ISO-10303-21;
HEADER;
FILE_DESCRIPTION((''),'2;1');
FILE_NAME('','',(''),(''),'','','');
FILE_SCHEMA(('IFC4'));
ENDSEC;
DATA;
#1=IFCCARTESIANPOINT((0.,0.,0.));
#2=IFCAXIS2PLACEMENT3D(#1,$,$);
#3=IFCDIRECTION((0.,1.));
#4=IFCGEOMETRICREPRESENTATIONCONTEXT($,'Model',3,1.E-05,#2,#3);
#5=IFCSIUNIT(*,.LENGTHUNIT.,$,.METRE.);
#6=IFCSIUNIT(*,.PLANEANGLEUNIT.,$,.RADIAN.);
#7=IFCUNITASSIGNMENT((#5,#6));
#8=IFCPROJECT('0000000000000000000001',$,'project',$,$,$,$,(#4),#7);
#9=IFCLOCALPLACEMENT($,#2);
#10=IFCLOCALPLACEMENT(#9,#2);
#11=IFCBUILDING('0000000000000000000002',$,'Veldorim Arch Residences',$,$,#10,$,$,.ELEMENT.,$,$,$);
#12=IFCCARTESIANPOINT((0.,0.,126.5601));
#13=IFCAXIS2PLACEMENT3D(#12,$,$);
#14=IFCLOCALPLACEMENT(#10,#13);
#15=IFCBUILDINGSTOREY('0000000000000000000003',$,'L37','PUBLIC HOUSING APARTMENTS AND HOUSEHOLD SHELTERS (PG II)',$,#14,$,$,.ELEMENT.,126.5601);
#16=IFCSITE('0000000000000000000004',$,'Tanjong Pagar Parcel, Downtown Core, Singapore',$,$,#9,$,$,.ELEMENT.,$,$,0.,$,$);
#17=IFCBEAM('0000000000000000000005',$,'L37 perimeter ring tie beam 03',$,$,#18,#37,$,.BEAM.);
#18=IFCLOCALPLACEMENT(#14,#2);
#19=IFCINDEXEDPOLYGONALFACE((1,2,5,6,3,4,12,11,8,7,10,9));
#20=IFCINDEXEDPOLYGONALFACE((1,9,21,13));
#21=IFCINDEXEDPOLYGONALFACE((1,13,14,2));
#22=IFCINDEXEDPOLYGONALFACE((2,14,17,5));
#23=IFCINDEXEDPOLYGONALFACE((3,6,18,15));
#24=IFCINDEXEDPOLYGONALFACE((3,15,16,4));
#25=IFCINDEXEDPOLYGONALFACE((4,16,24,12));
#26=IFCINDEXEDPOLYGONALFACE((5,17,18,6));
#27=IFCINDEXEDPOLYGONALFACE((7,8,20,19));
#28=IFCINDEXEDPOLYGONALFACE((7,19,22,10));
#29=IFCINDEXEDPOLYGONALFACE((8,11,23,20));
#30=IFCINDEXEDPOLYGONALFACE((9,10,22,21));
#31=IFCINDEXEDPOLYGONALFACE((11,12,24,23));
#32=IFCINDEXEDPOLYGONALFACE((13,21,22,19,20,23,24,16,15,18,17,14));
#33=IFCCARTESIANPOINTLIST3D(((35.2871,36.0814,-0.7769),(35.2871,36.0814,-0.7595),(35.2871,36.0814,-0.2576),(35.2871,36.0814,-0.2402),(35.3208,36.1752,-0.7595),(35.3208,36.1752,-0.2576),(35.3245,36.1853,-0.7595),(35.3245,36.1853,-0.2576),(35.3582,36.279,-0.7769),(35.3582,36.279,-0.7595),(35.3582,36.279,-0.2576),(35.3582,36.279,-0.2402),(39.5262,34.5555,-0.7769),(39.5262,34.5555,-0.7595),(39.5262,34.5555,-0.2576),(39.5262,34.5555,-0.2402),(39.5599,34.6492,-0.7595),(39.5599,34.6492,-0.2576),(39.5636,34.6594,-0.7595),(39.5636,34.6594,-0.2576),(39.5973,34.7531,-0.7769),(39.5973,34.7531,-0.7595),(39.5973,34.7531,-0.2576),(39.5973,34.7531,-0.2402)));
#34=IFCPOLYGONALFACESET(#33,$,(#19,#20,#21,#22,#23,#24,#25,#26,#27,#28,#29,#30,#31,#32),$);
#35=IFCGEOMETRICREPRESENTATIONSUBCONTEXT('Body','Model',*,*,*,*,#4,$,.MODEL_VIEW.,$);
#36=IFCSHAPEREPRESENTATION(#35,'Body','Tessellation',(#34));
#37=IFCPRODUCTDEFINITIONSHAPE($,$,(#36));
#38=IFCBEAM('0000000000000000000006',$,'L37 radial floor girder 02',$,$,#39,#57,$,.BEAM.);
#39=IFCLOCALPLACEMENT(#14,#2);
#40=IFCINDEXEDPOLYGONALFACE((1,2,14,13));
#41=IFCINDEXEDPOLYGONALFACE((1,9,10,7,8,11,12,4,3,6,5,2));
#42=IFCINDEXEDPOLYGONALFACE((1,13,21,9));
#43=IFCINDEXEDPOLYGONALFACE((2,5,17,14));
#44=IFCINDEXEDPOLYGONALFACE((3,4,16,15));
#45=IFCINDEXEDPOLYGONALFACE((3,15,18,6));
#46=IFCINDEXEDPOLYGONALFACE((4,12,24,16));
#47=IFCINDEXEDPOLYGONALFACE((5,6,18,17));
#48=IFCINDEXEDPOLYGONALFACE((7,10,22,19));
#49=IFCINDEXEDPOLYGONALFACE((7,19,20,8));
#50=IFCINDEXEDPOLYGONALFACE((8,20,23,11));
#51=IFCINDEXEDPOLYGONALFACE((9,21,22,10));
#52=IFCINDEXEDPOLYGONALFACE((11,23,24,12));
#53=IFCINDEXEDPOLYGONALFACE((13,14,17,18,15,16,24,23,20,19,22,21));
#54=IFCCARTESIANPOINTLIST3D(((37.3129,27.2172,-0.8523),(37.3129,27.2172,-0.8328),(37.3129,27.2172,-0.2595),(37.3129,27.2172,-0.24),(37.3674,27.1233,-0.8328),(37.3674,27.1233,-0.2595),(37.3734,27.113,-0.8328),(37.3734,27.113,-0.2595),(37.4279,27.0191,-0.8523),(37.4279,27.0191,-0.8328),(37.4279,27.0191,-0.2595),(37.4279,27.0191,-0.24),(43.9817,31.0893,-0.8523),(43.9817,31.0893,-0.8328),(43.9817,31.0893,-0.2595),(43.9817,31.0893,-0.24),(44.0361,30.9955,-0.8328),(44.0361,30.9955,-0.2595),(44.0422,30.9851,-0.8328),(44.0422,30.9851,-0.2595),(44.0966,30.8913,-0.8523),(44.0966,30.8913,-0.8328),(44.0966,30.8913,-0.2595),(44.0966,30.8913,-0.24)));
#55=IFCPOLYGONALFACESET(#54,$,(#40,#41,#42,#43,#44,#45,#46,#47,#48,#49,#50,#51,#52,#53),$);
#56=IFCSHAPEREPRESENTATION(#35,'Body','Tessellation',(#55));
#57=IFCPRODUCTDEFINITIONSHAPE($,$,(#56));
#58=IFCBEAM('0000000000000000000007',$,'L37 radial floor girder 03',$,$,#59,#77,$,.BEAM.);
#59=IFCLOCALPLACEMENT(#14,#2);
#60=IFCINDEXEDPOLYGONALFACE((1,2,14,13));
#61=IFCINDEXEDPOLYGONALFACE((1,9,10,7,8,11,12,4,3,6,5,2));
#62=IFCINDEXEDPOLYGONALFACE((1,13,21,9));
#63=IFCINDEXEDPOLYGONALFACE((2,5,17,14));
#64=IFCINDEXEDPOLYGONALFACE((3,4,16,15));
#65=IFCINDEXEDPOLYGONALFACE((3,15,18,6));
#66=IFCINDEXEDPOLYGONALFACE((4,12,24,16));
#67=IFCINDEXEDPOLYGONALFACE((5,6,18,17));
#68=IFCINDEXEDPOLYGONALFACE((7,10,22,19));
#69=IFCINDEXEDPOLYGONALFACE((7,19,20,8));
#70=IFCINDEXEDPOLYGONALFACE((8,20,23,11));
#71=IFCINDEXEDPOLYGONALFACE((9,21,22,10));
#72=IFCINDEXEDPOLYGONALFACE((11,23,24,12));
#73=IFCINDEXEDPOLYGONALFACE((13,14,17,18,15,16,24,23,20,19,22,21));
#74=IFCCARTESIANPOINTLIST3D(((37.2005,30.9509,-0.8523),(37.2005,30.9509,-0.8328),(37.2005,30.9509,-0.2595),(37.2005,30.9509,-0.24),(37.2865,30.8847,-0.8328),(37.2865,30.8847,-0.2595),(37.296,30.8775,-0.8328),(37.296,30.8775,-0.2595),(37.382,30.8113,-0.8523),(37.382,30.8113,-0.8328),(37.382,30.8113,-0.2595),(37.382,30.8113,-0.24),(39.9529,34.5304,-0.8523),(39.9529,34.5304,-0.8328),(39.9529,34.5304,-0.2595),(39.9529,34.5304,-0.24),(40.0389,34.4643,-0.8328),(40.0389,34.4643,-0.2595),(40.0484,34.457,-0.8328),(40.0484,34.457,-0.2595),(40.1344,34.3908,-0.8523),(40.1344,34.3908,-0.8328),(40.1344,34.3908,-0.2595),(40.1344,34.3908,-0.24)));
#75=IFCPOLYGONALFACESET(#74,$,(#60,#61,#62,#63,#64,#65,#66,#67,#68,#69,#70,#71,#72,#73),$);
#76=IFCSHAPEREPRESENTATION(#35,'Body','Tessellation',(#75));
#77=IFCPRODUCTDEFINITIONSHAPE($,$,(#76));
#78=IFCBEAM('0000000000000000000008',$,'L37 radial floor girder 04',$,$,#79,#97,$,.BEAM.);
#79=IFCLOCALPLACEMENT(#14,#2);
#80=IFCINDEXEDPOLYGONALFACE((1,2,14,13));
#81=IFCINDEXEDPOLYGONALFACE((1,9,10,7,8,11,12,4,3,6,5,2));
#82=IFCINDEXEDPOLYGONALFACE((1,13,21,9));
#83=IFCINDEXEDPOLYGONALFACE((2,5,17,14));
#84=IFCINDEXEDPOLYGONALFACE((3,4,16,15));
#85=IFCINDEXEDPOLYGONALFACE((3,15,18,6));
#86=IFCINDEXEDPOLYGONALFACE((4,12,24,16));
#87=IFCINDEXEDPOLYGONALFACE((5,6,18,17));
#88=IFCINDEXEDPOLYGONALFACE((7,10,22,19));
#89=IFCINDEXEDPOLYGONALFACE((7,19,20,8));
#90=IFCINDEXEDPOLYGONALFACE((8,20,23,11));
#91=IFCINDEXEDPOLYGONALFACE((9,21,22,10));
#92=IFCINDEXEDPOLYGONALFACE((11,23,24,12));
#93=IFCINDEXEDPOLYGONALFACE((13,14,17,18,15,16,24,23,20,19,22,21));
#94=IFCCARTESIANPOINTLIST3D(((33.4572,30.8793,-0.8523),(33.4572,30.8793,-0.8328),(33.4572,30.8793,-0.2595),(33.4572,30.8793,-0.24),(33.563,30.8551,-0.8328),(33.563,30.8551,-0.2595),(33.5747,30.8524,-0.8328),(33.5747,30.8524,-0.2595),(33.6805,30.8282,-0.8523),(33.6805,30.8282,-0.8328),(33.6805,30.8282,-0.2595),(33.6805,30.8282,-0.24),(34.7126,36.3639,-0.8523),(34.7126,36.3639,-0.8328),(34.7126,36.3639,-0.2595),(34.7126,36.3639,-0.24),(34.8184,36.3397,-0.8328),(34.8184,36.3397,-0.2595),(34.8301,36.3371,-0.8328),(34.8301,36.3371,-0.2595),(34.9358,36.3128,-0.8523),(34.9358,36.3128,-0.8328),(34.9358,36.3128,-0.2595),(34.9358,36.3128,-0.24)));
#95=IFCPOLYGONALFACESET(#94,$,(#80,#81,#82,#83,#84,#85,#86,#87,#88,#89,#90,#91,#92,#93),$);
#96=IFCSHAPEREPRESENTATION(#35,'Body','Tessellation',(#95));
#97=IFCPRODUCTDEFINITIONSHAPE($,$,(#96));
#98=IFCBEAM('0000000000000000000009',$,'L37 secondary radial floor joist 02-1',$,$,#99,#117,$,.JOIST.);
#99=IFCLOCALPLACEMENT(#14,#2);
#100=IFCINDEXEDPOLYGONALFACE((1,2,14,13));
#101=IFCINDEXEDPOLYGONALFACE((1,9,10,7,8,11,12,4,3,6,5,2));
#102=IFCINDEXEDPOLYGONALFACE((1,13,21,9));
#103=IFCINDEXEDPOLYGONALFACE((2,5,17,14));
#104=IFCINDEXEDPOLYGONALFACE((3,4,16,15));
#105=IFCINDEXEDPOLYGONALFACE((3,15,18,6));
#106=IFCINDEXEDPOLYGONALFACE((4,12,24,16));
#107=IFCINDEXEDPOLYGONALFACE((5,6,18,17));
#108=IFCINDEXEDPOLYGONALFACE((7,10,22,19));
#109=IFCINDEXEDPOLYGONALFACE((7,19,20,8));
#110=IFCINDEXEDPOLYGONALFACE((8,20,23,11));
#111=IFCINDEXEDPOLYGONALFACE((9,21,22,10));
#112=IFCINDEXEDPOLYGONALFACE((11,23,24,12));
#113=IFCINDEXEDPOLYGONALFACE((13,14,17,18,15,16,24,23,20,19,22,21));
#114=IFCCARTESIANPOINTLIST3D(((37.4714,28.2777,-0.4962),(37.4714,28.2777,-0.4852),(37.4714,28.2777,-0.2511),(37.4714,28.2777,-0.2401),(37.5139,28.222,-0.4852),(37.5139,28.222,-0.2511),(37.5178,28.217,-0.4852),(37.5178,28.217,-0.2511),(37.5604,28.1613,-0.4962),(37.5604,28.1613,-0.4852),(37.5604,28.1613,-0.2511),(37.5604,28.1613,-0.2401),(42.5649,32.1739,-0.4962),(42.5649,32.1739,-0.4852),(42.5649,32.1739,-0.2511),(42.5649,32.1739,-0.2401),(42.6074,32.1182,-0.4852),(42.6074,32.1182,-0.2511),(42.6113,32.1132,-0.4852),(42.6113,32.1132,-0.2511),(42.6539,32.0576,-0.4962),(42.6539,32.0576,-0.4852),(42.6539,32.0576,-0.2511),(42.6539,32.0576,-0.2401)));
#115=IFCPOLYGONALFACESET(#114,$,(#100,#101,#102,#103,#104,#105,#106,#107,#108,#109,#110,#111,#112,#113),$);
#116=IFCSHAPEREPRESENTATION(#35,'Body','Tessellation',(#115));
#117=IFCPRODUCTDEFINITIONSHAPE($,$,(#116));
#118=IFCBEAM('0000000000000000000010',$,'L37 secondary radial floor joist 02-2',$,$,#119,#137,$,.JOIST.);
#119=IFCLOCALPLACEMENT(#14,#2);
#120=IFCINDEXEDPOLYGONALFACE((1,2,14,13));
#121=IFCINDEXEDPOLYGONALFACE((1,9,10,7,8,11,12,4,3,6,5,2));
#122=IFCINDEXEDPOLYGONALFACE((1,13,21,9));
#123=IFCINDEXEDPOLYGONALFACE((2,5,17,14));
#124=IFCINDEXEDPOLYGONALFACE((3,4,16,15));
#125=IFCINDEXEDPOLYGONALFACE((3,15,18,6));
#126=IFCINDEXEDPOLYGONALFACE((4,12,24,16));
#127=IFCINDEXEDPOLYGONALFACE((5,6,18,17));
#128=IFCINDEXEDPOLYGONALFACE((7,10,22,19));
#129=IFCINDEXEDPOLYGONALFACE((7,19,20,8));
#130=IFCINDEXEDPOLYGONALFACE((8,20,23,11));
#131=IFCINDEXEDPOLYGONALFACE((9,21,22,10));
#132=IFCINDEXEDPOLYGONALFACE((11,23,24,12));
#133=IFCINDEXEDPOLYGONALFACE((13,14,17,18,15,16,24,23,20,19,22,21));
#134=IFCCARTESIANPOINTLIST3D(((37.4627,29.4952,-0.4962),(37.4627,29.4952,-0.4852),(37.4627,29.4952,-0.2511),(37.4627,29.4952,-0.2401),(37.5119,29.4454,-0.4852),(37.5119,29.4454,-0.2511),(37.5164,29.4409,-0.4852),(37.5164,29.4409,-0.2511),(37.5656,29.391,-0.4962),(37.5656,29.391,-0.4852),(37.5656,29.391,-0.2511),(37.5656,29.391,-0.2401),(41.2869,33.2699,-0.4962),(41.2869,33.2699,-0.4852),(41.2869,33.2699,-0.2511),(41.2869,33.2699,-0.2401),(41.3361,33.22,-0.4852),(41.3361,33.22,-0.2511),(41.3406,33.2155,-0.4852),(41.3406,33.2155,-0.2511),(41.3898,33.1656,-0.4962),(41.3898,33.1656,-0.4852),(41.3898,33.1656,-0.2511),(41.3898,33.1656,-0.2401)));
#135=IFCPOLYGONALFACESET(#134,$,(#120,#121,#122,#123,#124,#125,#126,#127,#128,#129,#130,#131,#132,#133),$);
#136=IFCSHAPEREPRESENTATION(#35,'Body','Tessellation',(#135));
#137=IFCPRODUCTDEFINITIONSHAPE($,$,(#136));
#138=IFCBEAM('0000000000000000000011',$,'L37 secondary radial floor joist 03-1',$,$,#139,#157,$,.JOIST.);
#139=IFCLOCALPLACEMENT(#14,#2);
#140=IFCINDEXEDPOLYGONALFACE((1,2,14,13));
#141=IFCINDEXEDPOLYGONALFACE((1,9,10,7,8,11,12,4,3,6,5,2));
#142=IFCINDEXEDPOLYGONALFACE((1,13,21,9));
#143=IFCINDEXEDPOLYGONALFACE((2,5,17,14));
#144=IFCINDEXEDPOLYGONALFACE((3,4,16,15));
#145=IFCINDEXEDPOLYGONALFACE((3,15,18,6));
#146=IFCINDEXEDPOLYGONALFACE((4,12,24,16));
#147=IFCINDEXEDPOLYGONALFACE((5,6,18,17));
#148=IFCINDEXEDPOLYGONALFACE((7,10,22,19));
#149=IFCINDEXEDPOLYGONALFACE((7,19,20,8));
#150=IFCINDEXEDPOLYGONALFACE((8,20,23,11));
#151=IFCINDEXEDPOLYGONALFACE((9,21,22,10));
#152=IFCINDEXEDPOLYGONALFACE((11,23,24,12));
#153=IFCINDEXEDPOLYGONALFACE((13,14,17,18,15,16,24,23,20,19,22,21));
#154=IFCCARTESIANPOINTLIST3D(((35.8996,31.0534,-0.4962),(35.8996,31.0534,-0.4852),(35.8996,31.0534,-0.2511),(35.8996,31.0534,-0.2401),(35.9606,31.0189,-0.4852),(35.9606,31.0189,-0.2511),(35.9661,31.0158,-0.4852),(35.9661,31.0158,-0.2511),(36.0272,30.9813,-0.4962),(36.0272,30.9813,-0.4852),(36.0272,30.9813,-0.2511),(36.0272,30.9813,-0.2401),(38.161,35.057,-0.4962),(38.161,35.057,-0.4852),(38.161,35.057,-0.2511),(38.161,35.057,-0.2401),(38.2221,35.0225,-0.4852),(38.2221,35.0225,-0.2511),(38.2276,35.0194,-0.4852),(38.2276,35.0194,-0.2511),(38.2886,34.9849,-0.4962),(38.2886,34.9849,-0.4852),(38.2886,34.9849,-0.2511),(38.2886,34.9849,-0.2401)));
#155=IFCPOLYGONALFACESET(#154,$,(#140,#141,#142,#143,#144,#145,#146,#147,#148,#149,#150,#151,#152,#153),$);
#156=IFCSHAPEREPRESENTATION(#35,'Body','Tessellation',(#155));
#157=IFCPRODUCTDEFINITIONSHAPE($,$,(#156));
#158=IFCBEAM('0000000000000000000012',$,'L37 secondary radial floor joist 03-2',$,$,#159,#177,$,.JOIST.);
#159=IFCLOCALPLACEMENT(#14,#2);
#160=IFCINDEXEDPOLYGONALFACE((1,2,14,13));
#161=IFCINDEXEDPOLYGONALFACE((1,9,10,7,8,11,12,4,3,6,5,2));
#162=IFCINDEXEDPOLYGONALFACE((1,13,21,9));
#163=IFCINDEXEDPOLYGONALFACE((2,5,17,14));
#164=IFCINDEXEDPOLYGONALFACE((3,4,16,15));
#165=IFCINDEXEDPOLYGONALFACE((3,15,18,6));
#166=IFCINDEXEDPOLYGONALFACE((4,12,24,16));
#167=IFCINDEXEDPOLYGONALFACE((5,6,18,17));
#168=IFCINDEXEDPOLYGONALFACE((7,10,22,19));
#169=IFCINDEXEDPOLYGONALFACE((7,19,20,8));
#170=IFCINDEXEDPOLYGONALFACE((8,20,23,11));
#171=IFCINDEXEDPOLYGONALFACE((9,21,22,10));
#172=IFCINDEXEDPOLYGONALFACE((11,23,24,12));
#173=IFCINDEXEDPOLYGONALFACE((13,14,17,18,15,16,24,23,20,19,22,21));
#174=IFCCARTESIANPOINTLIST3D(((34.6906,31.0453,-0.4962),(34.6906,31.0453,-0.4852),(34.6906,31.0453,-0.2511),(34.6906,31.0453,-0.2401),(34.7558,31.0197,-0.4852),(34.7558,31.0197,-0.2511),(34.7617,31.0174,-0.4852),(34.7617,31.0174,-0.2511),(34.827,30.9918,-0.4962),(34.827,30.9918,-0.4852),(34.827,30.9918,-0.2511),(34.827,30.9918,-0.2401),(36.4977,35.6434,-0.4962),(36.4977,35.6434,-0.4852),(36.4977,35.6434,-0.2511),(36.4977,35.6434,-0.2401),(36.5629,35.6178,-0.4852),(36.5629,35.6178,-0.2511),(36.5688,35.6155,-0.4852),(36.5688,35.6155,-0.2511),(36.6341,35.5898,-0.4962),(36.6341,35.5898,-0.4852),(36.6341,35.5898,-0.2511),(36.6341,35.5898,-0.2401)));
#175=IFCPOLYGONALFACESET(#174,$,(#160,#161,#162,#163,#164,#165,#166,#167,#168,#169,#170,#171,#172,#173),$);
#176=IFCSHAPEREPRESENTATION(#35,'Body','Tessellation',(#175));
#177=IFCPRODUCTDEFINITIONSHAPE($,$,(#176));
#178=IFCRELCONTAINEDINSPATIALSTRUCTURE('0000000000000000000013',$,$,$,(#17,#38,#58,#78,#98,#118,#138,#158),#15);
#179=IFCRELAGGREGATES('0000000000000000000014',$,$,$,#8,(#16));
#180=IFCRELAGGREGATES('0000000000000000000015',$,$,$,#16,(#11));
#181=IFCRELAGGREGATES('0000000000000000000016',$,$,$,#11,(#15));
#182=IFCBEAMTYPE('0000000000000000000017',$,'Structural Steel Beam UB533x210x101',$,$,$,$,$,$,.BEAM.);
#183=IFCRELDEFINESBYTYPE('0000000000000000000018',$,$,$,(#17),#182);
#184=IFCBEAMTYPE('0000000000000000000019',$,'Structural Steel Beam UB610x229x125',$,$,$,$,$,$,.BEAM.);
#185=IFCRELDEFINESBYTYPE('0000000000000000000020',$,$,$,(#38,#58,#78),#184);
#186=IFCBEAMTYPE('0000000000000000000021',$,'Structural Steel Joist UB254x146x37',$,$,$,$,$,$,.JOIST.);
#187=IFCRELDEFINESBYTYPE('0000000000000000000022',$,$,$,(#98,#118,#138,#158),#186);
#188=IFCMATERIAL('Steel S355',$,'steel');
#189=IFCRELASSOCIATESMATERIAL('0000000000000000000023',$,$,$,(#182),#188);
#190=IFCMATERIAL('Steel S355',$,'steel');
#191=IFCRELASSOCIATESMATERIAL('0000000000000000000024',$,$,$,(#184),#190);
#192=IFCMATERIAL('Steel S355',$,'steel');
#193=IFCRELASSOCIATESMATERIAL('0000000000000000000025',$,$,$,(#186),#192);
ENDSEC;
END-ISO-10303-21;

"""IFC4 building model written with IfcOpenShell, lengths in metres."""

from ifc_helpers import new_model, si_unit, direction, frame, origin, origin_2d, place, context, subcontext, project, spatial, i_section, extrude, material, material_profile, profile_set, type_object, element, save


model = new_model("IFC4")

# Units and contexts
model_context = context("Model", 3, precision=1e-05, world=origin(), true_north=direction((0.0, 1.0)))
body_context = subcontext(model_context, "Body", "Model", "MODEL_VIEW")
ifc_project = project(units=[si_unit("LENGTHUNIT", "METRE"), si_unit("PLANEANGLEUNIT", "RADIAN")], contexts=[model_context])

# Site, building, storey
site_placement = place(None, origin())
site = spatial("IfcSite", under=ifc_project, at=site_placement, Name="Tanjong Pagar Parcel, Downtown Core, Singapore", CompositionType="ELEMENT", RefElevation=0.0)
building_placement = place(site_placement, origin())
building = spatial("IfcBuilding", under=site, at=building_placement, Name="Veldorim Arch Residences", CompositionType="ELEMENT")
storey_placement = place(building_placement, frame((0.0, 0.0, 126.5601)))
storey = spatial("IfcBuildingStorey", under=building, at=storey_placement, Name="L37", Description="PUBLIC HOUSING APARTMENTS AND HOUSEHOLD SHELTERS (PG II)", CompositionType="ELEMENT", Elevation=126.5601)

# Beams
ifc_material_1 = material(Name="Steel S355", Category="steel")
ifc_material_profile_1 = material_profile(ifc_material_1, i_section(OverallWidth=0.21, OverallDepth=0.5366, WebThickness=0.0107, FlangeThickness=0.0173, at=origin_2d()), Name="UB533x210x101")
ifc_profile_set_1 = profile_set([ifc_material_profile_1], Name="Steel S355")
beam_type_1 = type_object("IfcBeamType", Name="Structural Steel Beam UB533x210x101", PredefinedType="BEAM", material=ifc_profile_set_1)
beam_1_placement = place(storey_placement, frame((39.5618, 34.6543, -0.5085), z_axis=(-0.940899, 0.338687, 0.0), x_axis=(-0.338687, -0.940899, 0.0)))
element("IfcBeam", 1, at=beam_1_placement, inside=storey, type_object=beam_type_1, Name="L37 perimeter ring tie beam 03", PredefinedType="BEAM", context=body_context, shape_type="SweptSolid", body=[
    extrude(i_section(OverallWidth=0.21, OverallDepth=0.5366, WebThickness=0.0107, FlangeThickness=0.0173, at=origin_2d()), origin(), (0.0, 0.0, 1.0), 4.5054),
])
ifc_material_2 = material(Name="Steel S355", Category="steel")
ifc_material_profile_2 = material_profile(ifc_material_2, i_section(OverallWidth=0.229, OverallDepth=0.6123, WebThickness=0.012, FlangeThickness=0.0195, at=origin_2d()), Name="UB610x229x125")
ifc_profile_set_2 = profile_set([ifc_material_profile_2], Name="Steel S355")
beam_type_2 = type_object("IfcBeamType", Name="Structural Steel Beam UB610x229x125", PredefinedType="BEAM", material=ifc_profile_set_2)
beam_2_placement = place(storey_placement, frame((37.3704, 27.1182, -0.5461), z_axis=(0.864793, 0.502128, 0.0), x_axis=(-0.502128, 0.864793, 0.0)))
element("IfcBeam", 2, at=beam_2_placement, inside=storey, type_object=beam_type_2, Name="L37 radial floor girder 02", PredefinedType="BEAM", context=body_context, shape_type="SweptSolid", body=[
    extrude(i_section(OverallWidth=0.229, OverallDepth=0.6123, WebThickness=0.012, FlangeThickness=0.0195, at=origin_2d()), origin(), (0.0, 0.0, 1.0), 7.7114),
])
beam_3_placement = place(storey_placement, frame((37.2913, 30.8811, -0.5461), z_axis=(0.609559, 0.792741, 0.0), x_axis=(-0.792741, 0.609559, 0.0)))
element("IfcBeam", 3, at=beam_3_placement, inside=storey, type_object=beam_type_2, Name="L37 radial floor girder 03", PredefinedType="BEAM", context=body_context, shape_type="SweptSolid", body=[
    extrude(i_section(OverallWidth=0.229, OverallDepth=0.6123, WebThickness=0.012, FlangeThickness=0.0195, at=origin_2d()), origin(), (0.0, 0.0, 1.0), 4.5154),
])
beam_4_placement = place(storey_placement, frame((33.5688, 30.8538, -0.5461), z_axis=(0.223119, 0.974791, 0.0), x_axis=(-0.974791, 0.223119, 0.0)))
element("IfcBeam", 4, at=beam_4_placement, inside=storey, type_object=beam_type_2, Name="L37 radial floor girder 04", PredefinedType="BEAM", context=body_context, shape_type="SweptSolid", body=[
    extrude(i_section(OverallWidth=0.229, OverallDepth=0.6123, WebThickness=0.012, FlangeThickness=0.0195, at=origin_2d()), origin(), (0.0, 0.0, 1.0), 5.6265),
])
ifc_material_3 = material(Name="Steel S355", Category="steel")
ifc_material_profile_3 = material_profile(ifc_material_3, i_section(OverallWidth=0.1465, OverallDepth=0.2561, WebThickness=0.0063, FlangeThickness=0.011, at=origin_2d()), Name="UB254x146x37")
ifc_profile_set_3 = profile_set([ifc_material_profile_3], Name="Steel S355")
beam_type_3 = type_object("IfcBeamType", Name="Structural Steel Joist UB254x146x37", PredefinedType="JOIST", material=ifc_profile_set_3)
beam_5_placement = place(storey_placement, frame((37.5159, 28.2195, -0.3682), z_axis=(0.794267, 0.607569, 0.0), x_axis=(-0.607569, 0.794267, 0.0)))
element("IfcBeam", 5, at=beam_5_placement, inside=storey, type_object=beam_type_3, Name="L37 secondary radial floor joist 02-1", PredefinedType="JOIST", context=body_context, shape_type="SweptSolid", body=[
    extrude(i_section(OverallWidth=0.1465, OverallDepth=0.2561, WebThickness=0.0063, FlangeThickness=0.011, at=origin_2d()), origin(), (0.0, 0.0, 1.0), 6.4128),
])
beam_6_placement = place(storey_placement, frame((37.5142, 29.4431, -0.3682), z_axis=(0.711703, 0.70248, 0.0), x_axis=(-0.70248, 0.711703, 0.0)))
element("IfcBeam", 6, at=beam_6_placement, inside=storey, type_object=beam_type_3, Name="L37 secondary radial floor joist 02-2", PredefinedType="JOIST", context=body_context, shape_type="SweptSolid", body=[
    extrude(i_section(OverallWidth=0.1465, OverallDepth=0.2561, WebThickness=0.0063, FlangeThickness=0.011, at=origin_2d()), origin(), (0.0, 0.0, 1.0), 5.3733),
])
beam_7_placement = place(storey_placement, frame((35.9634, 31.0173, -0.3682), z_axis=(0.491816, 0.870699, 0.0), x_axis=(-0.870699, 0.491816, 0.0)))
element("IfcBeam", 7, at=beam_7_placement, inside=storey, type_object=beam_type_3, Name="L37 secondary radial floor joist 03-1", PredefinedType="JOIST", context=body_context, shape_type="SweptSolid", body=[
    extrude(i_section(OverallWidth=0.1465, OverallDepth=0.2561, WebThickness=0.0063, FlangeThickness=0.011, at=origin_2d()), origin(), (0.0, 0.0, 1.0), 4.5981),
])
beam_8_placement = place(storey_placement, frame((34.7588, 31.0186, -0.3682), z_axis=(0.365778, 0.930702, 0.0), x_axis=(-0.930702, 0.365778, 0.0)))
element("IfcBeam", 8, at=beam_8_placement, inside=storey, type_object=beam_type_3, Name="L37 secondary radial floor joist 03-2", PredefinedType="JOIST", context=body_context, shape_type="SweptSolid", body=[
    extrude(i_section(OverallWidth=0.1465, OverallDepth=0.2561, WebThickness=0.0063, FlangeThickness=0.011, at=origin_2d()), origin(), (0.0, 0.0, 1.0), 4.9404),
])

save(model, "model.ifc")
